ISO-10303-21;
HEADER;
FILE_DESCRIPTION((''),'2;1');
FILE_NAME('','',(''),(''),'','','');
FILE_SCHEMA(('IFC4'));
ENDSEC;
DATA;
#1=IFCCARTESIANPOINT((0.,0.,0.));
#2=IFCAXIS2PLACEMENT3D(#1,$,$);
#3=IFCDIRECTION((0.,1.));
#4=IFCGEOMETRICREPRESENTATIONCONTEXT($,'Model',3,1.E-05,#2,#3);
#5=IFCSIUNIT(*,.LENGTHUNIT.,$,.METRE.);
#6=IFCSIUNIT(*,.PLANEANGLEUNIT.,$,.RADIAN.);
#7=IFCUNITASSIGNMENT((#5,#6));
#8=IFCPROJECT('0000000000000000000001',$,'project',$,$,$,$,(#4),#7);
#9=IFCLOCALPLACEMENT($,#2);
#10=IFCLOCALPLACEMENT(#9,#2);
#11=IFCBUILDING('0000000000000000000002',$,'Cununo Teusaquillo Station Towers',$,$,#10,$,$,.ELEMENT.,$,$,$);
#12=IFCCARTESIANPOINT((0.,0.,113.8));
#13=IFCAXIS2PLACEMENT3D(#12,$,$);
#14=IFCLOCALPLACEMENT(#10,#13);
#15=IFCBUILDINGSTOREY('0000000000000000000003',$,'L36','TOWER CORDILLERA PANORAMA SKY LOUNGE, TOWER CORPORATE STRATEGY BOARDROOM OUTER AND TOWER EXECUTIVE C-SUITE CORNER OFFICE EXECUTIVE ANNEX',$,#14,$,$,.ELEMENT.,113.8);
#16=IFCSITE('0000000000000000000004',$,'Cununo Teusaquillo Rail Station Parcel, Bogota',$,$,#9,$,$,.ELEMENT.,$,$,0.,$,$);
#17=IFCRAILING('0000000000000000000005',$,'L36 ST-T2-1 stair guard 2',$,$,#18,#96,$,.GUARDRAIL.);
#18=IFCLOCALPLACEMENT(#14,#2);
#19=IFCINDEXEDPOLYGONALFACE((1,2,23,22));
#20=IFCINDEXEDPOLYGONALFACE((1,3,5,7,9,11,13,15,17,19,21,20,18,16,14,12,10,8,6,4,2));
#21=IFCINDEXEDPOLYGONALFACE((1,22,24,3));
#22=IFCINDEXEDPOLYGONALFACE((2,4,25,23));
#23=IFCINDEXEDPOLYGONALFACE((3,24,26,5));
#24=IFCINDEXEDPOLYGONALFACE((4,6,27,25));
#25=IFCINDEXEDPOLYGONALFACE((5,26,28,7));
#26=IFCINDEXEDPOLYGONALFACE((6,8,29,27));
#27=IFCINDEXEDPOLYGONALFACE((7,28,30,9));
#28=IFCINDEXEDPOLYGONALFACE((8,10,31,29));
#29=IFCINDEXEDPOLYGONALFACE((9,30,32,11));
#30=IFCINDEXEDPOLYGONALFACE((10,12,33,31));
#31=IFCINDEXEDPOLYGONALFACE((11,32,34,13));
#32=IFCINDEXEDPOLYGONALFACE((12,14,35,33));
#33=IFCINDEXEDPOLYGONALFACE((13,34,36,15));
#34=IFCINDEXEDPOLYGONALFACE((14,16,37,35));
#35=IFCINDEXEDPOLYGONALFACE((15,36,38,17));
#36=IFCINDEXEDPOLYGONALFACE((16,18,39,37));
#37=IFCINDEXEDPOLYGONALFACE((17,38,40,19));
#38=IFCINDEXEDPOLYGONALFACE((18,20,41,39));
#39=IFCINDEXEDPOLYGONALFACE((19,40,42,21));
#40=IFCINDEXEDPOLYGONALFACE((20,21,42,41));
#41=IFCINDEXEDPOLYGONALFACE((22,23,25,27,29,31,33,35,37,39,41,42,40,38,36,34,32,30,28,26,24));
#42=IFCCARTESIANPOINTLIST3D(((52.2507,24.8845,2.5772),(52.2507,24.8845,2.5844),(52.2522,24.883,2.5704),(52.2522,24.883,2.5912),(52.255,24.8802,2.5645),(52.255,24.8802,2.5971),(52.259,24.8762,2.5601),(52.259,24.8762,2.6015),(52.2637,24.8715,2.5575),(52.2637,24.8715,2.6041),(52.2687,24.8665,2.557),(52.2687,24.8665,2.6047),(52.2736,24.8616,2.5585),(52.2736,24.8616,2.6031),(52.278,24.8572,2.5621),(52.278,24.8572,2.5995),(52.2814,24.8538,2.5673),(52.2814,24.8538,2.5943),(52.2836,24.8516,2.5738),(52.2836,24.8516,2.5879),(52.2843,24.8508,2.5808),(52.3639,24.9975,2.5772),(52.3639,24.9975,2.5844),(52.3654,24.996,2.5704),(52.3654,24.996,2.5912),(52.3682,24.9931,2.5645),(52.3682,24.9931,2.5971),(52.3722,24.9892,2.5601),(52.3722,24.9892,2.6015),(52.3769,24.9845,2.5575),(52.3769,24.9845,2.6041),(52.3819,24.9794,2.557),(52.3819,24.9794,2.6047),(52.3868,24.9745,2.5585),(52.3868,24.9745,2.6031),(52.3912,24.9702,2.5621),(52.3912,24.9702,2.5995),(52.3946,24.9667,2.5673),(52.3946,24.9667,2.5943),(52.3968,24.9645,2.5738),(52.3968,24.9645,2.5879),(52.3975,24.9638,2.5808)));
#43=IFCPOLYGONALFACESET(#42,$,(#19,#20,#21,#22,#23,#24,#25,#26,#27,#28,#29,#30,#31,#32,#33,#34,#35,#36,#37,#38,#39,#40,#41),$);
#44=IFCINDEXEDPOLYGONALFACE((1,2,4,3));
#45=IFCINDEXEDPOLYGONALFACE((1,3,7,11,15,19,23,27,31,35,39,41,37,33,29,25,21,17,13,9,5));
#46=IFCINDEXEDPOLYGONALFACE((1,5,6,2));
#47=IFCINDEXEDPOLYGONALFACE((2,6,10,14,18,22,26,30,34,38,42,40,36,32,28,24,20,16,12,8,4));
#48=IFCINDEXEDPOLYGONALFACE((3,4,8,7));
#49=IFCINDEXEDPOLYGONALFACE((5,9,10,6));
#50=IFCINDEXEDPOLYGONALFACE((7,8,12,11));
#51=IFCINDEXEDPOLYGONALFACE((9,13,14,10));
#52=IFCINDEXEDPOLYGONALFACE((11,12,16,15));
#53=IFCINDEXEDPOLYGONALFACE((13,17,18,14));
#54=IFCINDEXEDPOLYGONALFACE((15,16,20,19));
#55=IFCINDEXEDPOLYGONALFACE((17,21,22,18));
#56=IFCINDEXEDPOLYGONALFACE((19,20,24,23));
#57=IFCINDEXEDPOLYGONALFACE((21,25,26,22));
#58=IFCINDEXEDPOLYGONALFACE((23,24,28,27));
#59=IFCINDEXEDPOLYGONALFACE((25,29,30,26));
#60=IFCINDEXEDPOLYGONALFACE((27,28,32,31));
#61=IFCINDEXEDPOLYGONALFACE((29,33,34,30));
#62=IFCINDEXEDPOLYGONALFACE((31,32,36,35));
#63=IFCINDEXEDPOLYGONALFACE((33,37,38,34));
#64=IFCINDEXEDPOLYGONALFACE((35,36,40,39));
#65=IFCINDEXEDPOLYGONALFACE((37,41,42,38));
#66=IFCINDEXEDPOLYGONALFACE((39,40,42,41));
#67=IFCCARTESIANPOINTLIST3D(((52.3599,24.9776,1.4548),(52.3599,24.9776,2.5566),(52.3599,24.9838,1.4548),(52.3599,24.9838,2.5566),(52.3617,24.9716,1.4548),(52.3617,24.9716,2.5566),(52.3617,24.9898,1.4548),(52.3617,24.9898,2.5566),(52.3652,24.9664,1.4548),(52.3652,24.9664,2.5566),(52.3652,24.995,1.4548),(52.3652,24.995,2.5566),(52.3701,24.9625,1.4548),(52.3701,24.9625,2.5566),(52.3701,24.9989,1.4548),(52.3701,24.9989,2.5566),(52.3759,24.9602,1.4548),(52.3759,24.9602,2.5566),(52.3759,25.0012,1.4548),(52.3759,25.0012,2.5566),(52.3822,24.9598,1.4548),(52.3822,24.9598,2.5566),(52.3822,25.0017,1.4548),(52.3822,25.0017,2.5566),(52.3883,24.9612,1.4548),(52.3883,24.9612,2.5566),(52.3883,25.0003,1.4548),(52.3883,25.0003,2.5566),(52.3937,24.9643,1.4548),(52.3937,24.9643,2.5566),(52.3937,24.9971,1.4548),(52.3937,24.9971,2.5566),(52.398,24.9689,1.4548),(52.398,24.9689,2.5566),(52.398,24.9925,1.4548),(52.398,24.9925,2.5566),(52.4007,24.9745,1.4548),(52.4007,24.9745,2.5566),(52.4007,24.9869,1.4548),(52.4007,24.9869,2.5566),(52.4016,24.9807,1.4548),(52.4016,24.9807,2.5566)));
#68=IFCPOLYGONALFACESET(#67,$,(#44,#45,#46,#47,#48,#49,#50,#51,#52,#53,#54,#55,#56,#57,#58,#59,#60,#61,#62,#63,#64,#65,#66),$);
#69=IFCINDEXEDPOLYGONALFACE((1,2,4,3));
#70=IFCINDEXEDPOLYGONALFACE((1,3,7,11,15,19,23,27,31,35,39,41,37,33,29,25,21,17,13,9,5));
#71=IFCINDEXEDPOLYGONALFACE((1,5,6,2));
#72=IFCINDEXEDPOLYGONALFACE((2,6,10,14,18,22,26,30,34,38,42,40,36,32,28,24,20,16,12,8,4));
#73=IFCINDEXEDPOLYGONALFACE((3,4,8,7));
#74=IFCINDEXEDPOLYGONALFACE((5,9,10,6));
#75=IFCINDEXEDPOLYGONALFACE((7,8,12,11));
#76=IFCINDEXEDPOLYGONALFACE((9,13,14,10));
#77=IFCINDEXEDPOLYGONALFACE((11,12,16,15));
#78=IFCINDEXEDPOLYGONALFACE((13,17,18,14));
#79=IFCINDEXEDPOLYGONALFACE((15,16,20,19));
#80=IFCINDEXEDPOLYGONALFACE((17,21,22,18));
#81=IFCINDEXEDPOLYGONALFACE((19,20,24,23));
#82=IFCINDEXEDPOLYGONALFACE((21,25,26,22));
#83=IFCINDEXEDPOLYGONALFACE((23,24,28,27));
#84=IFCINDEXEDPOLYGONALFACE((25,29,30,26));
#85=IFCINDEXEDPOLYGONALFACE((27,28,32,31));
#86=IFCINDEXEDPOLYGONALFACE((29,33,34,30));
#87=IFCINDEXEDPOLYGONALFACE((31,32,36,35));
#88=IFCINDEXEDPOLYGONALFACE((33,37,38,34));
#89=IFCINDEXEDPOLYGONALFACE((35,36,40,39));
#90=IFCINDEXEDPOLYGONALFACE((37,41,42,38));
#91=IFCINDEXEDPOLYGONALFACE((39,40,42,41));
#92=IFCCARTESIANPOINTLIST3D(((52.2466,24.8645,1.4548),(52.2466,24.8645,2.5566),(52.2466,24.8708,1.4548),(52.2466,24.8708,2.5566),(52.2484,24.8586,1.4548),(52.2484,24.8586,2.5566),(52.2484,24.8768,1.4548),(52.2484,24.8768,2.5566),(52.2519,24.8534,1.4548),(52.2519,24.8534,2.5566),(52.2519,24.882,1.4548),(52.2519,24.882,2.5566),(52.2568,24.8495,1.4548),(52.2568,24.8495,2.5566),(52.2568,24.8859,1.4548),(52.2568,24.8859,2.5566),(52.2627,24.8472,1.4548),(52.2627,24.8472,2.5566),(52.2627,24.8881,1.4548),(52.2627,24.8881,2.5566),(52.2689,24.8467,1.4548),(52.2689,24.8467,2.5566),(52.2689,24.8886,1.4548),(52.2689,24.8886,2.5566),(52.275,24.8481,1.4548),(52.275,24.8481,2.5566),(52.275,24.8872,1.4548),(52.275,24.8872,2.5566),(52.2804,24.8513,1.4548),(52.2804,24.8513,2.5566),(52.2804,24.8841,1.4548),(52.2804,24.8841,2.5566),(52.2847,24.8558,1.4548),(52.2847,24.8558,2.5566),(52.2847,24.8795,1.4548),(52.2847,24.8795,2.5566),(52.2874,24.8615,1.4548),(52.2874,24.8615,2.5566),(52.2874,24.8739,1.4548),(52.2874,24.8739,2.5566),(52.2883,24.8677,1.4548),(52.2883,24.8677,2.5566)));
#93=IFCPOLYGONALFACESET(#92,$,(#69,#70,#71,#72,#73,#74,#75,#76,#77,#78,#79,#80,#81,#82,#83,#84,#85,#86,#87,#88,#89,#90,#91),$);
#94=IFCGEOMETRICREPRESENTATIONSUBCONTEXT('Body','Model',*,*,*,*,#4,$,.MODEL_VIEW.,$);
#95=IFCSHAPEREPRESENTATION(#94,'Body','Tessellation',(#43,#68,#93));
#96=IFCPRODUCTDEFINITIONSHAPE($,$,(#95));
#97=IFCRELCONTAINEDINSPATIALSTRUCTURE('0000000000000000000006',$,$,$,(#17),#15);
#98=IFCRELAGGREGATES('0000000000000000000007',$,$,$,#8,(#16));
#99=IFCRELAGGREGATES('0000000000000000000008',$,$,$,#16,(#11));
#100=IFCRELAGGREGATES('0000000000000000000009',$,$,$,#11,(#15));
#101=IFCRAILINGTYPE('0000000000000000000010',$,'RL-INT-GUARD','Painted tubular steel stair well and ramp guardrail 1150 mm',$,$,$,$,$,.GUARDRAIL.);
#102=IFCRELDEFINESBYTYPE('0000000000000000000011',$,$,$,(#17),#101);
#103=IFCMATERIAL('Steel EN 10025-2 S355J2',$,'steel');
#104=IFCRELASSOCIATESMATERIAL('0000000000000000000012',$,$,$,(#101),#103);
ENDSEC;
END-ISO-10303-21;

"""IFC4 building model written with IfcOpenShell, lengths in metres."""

from ifc_helpers import new_model, si_unit, direction, frame, origin, origin_2d, place, context, subcontext, project, spatial, circle, extrude, material, type_object, element, save


model = new_model("IFC4")

# Units and contexts
model_context = context("Model", 3, precision=1e-05, world=origin(), true_north=direction((0.0, 1.0)))
body_context = subcontext(model_context, "Body", "Model", "MODEL_VIEW")
ifc_project = project(units=[si_unit("LENGTHUNIT", "METRE"), si_unit("PLANEANGLEUNIT", "RADIAN")], contexts=[model_context])

# Site, building, storey
site_placement = place(None, origin())
site = spatial("IfcSite", under=ifc_project, at=site_placement, Name="Cununo Teusaquillo Rail Station Parcel, Bogota", CompositionType="ELEMENT", RefElevation=0.0)
building_placement = place(site_placement, origin())
building = spatial("IfcBuilding", under=site, at=building_placement, Name="Cununo Teusaquillo Station Towers", CompositionType="ELEMENT")
storey_placement = place(building_placement, frame((0.0, 0.0, 113.8)))
storey = spatial("IfcBuildingStorey", under=building, at=storey_placement, Name="L36", Description="TOWER CORDILLERA PANORAMA SKY LOUNGE, TOWER CORPORATE STRATEGY BOARDROOM OUTER AND TOWER EXECUTIVE C-SUITE CORNER OFFICE EXECUTIVE ANNEX", CompositionType="ELEMENT", Elevation=113.8)

# Railing
ifc_material_1 = material(Name="Steel EN 10025-2 S355J2", Category="steel")
railing_type_1 = type_object("IfcRailingType", Name="RL-INT-GUARD", Description="Painted tubular steel stair well and ramp guardrail 1150 mm", PredefinedType="GUARDRAIL", material=ifc_material_1)
railing_1_placement = place(storey_placement, frame((52.3806, 24.9807, 1.4548)))
element("IfcRailing", 1, at=railing_1_placement, inside=storey, type_object=railing_type_1, Name="L36 ST-T2-1 stair guard 2", PredefinedType="GUARDRAIL", context=body_context, shape_type="SweptSolid", body=[
    extrude(circle(Radius=0.0239, at=origin_2d()), frame((0.0, 0.0, 1.126), z_axis=(-0.707869, -0.706344, 0.0), x_axis=(0.706344, -0.707869, 0.0)), (0.0, 0.0, 1.0), 0.1599),
    extrude(circle(Radius=0.021, at=origin_2d()), origin(), (0.0, 0.0, 1.0), 1.1018),
    extrude(circle(Radius=0.021, at=origin_2d()), frame((-0.1133, -0.113, 0.0)), (0.0, 0.0, 1.0), 1.1018),
])

save(model, "model.ifc")
